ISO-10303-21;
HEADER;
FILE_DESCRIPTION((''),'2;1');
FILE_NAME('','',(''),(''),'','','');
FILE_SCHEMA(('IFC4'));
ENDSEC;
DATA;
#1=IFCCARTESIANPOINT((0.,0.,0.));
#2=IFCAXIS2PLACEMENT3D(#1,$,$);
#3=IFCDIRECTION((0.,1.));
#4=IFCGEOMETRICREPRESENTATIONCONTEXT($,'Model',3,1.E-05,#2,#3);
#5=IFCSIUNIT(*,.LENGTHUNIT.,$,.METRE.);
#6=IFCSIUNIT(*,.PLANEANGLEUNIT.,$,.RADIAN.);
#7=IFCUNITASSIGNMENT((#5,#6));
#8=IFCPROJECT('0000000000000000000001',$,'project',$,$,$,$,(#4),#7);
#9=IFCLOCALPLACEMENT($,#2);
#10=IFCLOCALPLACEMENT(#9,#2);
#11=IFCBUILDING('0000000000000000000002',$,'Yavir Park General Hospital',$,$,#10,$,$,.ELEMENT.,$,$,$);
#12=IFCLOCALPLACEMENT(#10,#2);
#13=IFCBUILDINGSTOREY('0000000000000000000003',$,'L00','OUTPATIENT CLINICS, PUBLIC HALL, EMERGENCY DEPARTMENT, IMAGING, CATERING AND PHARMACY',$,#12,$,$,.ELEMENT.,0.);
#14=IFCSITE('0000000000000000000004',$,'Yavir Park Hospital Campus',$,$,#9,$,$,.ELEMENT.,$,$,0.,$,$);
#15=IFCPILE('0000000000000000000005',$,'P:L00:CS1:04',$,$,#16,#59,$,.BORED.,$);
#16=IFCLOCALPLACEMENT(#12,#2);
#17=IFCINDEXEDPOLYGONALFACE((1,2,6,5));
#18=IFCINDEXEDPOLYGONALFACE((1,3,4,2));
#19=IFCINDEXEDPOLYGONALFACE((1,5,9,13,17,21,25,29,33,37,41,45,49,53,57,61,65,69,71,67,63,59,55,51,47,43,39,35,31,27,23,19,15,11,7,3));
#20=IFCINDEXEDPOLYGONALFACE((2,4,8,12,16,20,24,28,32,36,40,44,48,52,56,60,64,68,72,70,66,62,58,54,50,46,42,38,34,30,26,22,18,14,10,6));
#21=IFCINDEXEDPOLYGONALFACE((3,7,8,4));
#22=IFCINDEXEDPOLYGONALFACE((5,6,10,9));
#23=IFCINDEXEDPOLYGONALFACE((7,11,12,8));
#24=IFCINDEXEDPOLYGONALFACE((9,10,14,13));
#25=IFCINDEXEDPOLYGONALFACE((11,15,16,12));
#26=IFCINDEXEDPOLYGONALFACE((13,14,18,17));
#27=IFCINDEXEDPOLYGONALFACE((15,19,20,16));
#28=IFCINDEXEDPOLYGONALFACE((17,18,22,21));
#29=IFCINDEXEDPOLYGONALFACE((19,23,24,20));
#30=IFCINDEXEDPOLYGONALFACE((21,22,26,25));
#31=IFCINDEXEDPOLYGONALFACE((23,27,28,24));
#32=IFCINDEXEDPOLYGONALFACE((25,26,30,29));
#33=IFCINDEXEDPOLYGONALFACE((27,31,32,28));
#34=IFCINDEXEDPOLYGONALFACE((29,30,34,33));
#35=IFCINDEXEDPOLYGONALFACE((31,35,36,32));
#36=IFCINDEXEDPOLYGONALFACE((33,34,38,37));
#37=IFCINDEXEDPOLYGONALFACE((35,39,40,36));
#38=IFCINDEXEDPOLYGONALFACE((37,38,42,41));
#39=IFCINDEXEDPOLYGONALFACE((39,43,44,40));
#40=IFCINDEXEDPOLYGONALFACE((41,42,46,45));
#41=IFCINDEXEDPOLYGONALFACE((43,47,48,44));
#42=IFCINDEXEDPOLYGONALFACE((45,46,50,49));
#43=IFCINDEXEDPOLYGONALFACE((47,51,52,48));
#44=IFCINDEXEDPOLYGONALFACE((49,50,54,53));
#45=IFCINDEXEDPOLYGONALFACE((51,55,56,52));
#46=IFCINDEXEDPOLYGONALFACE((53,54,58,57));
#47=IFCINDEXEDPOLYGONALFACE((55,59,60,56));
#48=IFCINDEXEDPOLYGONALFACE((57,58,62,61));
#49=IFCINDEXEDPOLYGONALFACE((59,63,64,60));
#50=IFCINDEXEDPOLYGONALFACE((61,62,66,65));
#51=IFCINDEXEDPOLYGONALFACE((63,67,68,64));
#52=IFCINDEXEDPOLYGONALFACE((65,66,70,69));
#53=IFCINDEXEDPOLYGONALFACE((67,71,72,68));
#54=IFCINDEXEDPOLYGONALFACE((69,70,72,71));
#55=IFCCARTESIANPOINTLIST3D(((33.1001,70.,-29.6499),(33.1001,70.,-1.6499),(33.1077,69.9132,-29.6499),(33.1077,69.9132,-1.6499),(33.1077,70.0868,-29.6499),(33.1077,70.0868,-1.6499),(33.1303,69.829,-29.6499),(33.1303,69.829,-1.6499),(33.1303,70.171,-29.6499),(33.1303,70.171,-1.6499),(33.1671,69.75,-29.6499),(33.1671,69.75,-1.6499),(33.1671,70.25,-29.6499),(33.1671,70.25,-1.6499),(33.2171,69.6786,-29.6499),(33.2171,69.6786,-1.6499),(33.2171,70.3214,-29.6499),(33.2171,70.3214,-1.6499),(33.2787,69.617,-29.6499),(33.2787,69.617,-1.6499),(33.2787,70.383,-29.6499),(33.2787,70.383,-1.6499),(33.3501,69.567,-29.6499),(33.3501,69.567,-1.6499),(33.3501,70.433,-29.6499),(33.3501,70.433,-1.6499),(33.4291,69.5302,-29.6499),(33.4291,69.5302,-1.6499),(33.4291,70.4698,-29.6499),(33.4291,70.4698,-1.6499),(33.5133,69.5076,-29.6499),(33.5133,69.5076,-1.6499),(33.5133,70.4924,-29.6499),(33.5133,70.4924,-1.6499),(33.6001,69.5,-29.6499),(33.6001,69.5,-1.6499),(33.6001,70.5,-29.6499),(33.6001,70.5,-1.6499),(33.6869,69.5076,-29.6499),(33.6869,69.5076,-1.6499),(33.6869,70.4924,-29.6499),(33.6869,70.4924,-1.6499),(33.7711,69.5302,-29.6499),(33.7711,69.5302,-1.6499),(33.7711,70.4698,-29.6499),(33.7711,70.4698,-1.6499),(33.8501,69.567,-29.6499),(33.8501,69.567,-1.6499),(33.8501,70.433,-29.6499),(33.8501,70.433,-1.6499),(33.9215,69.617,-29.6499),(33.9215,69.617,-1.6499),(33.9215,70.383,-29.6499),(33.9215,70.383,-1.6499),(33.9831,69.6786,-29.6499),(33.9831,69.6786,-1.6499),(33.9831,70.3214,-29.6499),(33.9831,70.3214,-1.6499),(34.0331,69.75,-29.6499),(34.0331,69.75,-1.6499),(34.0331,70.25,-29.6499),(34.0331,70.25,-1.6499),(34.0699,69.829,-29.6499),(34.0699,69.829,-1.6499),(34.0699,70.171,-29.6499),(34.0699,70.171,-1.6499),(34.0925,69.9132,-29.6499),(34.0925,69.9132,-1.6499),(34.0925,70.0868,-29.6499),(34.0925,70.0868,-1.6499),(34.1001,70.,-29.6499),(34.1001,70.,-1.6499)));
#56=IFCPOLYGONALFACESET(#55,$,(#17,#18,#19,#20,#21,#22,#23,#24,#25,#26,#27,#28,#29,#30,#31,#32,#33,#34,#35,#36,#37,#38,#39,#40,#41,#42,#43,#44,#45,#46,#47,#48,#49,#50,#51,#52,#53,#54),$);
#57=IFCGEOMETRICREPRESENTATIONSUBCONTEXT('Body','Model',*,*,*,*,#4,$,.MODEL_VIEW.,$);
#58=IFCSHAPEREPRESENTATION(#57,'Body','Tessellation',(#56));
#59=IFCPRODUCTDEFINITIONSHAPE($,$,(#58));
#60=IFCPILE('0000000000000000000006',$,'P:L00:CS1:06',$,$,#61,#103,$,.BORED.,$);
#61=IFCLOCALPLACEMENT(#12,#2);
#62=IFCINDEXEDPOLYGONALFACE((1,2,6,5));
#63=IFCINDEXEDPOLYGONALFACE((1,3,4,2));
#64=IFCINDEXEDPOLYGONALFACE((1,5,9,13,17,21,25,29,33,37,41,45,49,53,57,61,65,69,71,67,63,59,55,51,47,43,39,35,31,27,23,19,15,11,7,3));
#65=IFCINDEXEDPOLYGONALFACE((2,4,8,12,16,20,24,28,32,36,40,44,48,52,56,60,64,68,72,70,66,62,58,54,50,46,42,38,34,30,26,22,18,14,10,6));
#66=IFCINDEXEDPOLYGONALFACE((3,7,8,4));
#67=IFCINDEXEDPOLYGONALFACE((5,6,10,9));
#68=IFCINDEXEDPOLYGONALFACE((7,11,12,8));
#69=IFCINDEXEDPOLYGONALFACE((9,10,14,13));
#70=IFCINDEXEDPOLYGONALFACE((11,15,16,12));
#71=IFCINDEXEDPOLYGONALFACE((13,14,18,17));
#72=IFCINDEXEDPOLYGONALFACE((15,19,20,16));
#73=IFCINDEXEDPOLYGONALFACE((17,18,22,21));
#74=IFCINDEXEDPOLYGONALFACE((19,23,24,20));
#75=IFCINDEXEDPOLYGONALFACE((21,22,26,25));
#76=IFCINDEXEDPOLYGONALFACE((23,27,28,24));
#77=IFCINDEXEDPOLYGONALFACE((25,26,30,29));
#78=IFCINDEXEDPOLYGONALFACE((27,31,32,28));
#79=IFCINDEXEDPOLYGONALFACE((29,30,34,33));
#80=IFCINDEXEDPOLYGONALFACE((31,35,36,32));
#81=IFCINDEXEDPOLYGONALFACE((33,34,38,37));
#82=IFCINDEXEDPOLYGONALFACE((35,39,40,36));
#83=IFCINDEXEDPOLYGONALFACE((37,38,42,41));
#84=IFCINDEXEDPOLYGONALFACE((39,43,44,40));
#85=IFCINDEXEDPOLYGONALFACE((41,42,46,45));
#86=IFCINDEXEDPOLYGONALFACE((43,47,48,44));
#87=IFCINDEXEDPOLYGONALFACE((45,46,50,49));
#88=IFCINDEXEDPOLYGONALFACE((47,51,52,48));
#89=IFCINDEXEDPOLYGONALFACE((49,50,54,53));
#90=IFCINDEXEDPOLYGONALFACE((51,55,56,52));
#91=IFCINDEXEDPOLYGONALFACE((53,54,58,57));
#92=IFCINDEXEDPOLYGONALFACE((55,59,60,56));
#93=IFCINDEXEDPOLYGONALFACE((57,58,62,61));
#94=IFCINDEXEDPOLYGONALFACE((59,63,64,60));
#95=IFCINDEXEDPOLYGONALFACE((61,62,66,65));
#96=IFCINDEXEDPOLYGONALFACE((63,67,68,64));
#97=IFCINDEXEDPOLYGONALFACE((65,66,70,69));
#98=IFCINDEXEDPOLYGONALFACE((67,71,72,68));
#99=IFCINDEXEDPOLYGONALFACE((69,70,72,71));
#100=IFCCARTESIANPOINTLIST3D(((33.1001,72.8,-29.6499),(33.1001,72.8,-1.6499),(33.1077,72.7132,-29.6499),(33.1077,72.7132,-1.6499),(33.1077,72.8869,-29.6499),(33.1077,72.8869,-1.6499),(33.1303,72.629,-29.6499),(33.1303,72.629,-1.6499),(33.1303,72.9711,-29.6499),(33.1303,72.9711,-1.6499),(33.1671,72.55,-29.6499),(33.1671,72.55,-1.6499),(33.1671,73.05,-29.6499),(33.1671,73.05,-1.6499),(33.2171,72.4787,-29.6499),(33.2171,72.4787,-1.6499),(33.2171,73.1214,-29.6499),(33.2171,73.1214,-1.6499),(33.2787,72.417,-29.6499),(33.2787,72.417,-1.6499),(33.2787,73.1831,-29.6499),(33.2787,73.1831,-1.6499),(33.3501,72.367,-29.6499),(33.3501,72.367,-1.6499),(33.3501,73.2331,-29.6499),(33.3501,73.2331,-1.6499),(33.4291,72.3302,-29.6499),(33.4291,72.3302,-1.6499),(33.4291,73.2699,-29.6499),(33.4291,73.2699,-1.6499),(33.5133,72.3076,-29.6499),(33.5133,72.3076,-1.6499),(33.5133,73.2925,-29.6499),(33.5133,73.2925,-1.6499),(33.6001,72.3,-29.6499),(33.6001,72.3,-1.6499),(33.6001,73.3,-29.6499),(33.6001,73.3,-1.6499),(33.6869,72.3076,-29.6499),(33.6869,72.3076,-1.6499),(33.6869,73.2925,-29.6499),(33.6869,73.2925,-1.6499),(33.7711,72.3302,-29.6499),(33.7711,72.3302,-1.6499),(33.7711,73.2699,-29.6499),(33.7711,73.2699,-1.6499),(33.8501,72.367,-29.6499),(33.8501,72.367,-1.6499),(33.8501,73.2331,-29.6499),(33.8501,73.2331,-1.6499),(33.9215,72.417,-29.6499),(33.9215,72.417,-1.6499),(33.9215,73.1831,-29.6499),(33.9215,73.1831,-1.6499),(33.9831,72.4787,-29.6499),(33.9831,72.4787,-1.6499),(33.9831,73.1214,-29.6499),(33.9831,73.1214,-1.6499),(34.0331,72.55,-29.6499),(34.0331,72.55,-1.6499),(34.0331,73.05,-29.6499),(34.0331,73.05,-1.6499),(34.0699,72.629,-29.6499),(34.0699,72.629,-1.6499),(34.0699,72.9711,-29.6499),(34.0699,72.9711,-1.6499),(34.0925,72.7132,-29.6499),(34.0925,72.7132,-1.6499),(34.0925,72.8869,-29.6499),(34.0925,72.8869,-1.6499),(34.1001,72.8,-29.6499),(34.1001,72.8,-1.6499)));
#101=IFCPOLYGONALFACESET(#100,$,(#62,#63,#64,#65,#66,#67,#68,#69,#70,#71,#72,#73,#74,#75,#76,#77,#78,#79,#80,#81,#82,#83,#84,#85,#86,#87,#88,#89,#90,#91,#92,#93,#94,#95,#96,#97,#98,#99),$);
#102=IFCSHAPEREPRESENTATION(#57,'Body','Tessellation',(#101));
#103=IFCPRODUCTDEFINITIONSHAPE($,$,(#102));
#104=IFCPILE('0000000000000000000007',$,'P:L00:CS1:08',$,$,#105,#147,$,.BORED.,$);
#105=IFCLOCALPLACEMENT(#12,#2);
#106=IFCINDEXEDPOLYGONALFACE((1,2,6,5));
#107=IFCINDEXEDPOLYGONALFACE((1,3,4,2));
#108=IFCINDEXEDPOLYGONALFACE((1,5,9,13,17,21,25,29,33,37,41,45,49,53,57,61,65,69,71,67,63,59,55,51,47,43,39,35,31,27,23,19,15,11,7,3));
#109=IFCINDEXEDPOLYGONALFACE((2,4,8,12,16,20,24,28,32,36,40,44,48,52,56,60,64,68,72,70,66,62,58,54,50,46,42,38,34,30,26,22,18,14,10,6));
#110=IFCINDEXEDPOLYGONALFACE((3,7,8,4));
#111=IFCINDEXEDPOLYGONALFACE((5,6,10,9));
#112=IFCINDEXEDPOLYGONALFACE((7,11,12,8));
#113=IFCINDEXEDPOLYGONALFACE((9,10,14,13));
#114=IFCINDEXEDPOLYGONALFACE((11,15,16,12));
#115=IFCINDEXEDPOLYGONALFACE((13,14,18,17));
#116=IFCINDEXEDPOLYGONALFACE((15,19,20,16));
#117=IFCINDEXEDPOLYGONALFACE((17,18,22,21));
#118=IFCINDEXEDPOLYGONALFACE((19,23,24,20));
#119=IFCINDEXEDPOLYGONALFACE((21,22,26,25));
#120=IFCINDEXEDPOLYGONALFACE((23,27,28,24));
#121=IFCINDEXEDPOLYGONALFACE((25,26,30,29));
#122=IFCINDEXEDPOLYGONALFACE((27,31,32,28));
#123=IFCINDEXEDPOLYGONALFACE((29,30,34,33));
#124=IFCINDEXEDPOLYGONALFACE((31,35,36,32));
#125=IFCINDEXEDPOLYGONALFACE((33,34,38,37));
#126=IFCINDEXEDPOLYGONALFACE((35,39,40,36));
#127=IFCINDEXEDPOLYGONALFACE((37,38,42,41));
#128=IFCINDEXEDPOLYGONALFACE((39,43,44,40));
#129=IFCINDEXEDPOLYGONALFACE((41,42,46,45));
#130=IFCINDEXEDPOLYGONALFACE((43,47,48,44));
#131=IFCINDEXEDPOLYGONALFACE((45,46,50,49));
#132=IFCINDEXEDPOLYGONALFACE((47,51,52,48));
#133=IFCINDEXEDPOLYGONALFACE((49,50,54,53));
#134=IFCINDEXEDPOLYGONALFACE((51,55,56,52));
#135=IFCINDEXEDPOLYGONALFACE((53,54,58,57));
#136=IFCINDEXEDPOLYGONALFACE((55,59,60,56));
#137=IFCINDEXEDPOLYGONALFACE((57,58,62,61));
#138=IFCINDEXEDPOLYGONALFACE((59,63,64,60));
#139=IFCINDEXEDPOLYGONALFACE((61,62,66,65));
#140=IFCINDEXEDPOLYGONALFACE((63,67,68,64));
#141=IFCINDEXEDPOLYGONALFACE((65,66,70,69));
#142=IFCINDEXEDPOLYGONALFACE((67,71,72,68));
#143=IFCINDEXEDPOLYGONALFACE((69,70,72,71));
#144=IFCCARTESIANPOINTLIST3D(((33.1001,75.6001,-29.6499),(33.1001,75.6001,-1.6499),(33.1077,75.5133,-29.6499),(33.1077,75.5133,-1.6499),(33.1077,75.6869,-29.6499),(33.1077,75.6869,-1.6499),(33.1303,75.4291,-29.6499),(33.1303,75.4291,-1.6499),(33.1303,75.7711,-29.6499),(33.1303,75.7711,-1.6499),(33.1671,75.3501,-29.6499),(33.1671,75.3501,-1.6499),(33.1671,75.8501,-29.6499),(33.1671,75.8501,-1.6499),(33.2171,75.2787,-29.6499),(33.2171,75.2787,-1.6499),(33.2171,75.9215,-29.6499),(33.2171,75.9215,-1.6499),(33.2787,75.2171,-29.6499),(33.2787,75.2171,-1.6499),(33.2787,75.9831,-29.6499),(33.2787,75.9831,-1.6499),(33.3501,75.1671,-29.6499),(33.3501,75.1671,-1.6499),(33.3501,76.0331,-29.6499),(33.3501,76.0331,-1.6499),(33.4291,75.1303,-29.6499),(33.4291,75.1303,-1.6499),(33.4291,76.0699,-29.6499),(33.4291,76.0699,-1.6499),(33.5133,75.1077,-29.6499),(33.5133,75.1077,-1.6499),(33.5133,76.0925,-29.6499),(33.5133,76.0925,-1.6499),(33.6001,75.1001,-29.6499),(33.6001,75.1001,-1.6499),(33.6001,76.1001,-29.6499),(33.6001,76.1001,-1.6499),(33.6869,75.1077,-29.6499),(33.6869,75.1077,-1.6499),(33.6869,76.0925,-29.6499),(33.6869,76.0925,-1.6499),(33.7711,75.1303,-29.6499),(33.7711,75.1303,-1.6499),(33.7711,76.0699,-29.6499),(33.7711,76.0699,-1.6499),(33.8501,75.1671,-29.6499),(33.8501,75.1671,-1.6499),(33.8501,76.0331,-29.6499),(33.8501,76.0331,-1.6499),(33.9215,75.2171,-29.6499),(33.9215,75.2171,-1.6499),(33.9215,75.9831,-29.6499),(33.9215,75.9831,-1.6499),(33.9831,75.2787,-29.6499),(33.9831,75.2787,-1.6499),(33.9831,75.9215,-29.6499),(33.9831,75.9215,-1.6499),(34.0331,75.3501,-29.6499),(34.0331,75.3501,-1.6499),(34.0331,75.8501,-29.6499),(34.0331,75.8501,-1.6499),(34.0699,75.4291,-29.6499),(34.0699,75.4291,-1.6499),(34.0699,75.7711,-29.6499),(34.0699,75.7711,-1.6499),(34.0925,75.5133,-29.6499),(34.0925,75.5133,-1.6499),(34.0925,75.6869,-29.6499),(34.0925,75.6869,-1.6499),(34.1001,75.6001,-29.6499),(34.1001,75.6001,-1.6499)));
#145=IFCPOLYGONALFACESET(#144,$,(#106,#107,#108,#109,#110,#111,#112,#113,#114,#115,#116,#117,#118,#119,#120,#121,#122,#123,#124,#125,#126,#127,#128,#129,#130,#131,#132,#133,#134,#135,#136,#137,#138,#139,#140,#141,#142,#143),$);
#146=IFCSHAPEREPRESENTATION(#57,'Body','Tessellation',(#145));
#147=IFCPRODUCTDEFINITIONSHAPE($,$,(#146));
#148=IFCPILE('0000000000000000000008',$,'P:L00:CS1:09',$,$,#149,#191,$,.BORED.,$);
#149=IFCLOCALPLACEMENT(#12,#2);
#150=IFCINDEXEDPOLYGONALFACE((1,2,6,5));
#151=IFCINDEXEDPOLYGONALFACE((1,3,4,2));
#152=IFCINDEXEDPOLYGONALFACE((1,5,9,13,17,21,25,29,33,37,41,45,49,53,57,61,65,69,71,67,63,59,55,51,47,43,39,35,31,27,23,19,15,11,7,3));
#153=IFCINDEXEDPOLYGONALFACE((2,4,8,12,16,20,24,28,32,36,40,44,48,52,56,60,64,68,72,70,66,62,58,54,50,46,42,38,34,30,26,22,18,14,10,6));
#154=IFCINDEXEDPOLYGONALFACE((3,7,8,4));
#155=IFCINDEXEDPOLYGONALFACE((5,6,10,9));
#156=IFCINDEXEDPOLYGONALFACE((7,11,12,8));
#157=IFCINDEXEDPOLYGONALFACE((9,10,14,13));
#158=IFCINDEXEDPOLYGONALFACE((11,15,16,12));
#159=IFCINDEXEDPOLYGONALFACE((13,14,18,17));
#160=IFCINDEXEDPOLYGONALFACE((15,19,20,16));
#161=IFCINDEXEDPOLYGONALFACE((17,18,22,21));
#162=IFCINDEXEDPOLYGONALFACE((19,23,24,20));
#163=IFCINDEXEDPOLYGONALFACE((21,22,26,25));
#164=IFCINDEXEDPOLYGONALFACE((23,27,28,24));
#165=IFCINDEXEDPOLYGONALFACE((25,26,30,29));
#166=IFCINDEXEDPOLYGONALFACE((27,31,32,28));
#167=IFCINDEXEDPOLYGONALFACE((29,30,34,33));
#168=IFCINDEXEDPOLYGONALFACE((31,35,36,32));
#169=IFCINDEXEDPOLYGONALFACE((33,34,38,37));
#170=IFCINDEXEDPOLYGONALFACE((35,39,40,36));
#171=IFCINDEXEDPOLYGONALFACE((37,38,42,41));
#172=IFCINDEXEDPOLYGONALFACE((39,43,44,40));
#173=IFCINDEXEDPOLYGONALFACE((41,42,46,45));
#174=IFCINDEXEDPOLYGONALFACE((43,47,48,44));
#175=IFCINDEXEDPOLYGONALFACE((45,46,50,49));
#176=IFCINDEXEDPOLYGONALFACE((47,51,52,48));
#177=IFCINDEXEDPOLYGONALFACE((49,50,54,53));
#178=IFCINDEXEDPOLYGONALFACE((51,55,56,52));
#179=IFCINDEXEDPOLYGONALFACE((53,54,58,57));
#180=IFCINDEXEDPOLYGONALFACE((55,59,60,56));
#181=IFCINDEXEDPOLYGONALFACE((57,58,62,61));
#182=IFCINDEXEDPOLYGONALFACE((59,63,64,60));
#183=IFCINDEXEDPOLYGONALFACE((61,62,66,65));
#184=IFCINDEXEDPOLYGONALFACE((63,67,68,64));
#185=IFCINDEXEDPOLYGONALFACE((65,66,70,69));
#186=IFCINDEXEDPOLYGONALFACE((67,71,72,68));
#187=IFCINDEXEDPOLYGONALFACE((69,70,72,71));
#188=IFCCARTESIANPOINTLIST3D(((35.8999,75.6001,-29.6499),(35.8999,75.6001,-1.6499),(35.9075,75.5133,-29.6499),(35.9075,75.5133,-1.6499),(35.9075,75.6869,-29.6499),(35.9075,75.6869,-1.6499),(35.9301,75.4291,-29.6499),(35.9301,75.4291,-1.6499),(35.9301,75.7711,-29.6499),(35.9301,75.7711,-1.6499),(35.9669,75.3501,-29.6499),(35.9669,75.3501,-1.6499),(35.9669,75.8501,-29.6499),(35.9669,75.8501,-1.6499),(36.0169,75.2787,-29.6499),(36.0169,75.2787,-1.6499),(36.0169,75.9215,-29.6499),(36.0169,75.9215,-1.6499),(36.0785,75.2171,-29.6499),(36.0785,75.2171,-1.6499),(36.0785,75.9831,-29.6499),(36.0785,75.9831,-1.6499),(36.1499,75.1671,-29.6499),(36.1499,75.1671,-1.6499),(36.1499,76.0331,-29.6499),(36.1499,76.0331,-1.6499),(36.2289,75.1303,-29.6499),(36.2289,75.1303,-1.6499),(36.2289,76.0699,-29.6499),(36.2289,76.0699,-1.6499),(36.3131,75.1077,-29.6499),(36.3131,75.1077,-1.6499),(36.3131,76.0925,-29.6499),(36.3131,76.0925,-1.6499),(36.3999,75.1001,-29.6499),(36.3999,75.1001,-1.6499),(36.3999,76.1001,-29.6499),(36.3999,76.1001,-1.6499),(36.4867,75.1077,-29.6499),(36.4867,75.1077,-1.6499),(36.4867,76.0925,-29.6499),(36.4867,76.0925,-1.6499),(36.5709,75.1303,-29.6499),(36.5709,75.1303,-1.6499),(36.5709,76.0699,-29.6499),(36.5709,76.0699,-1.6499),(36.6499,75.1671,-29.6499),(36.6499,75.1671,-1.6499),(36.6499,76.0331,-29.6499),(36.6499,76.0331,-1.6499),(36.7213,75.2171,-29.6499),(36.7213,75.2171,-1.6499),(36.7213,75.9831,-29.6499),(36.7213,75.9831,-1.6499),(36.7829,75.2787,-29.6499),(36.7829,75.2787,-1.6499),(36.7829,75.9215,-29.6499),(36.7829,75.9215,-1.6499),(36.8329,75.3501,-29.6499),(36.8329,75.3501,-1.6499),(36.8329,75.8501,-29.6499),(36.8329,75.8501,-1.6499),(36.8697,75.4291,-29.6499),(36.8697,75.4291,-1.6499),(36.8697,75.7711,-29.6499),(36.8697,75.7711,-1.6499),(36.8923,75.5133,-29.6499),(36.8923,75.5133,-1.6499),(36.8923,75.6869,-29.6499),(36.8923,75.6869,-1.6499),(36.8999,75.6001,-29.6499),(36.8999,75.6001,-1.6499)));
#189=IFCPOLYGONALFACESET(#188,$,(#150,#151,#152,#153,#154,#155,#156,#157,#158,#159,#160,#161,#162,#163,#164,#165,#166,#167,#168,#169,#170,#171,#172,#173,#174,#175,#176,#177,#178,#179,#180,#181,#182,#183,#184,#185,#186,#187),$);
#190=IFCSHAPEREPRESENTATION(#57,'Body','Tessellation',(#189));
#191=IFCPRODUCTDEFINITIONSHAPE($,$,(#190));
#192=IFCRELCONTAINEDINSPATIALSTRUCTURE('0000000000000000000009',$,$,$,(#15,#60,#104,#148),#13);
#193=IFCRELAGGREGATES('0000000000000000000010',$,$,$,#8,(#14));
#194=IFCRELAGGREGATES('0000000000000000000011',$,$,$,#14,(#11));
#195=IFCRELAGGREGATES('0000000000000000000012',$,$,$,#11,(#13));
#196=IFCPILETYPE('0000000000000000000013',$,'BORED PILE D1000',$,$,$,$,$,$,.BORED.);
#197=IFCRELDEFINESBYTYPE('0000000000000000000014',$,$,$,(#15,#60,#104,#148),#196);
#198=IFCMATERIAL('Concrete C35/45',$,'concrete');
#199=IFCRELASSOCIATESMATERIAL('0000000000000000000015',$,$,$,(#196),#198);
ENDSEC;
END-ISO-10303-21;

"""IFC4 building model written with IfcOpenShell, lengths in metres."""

from ifc_helpers import new_model, si_unit, direction, frame, origin, origin_2d, place, context, subcontext, project, spatial, circle, extrude, material, material_profile, profile_set, type_object, element, save


model = new_model("IFC4")

# Units and contexts
model_context = context("Model", 3, precision=1e-05, world=origin(), true_north=direction((0.0, 1.0)))
body_context = subcontext(model_context, "Body", "Model", "MODEL_VIEW")
ifc_project = project(units=[si_unit("LENGTHUNIT", "METRE"), si_unit("PLANEANGLEUNIT", "RADIAN")], contexts=[model_context])

# Site, building, storey
site_placement = place(None, origin())
site = spatial("IfcSite", under=ifc_project, at=site_placement, Name="Yavir Park Hospital Campus", CompositionType="ELEMENT", RefElevation=0.0)
building_placement = place(site_placement, origin())
building = spatial("IfcBuilding", under=site, at=building_placement, Name="Yavir Park General Hospital", CompositionType="ELEMENT")
storey_placement = place(building_placement, origin())
storey = spatial("IfcBuildingStorey", under=building, at=storey_placement, Name="L00", Description="OUTPATIENT CLINICS, PUBLIC HALL, EMERGENCY DEPARTMENT, IMAGING, CATERING AND PHARMACY", CompositionType="ELEMENT", Elevation=0.0)

# Piles
ifc_material_1 = material(Name="Concrete C35/45", Category="concrete")
ifc_material_profile_1 = material_profile(ifc_material_1, circle(Radius=0.5, at=origin_2d()), Name="D1000")
ifc_profile_set_1 = profile_set([ifc_material_profile_1], Name="Concrete C35/45")
pile_type = type_object("IfcPileType", Name="BORED PILE D1000", PredefinedType="BORED", material=ifc_profile_set_1)
for number, where, z_axis, x_axis, name in (
    (1, (33.6001, 70.0, -1.6499), (0.0, 0.0, -1.0), (1.0, 0.0, 0.0), "P:L00:CS1:04"),
    (2, (33.6001, 72.8, -1.6499), (0.0, 0.0, -1.0), (1.0, 0.0, 0.0), "P:L00:CS1:06"),
    (3, (33.6001, 75.6001, -1.6499), (0.0, 0.0, -1.0), (1.0, 0.0, 0.0), "P:L00:CS1:08"),
    (4, (36.3999, 75.6001, -1.6499), (0.0, 0.0, -1.0), (1.0, 0.0, 0.0), "P:L00:CS1:09"),
):
    element("IfcPile", number, at=place(storey_placement, frame(where, z_axis=z_axis, x_axis=x_axis)), inside=storey, type_object=pile_type, Name=name, PredefinedType="BORED", context=body_context, shape_type="SweptSolid", body=[
        extrude(circle(Radius=0.5, at=origin_2d()), origin(), (0.0, 0.0, 1.0), 28.0),
    ])

save(model, "model.ifc")
